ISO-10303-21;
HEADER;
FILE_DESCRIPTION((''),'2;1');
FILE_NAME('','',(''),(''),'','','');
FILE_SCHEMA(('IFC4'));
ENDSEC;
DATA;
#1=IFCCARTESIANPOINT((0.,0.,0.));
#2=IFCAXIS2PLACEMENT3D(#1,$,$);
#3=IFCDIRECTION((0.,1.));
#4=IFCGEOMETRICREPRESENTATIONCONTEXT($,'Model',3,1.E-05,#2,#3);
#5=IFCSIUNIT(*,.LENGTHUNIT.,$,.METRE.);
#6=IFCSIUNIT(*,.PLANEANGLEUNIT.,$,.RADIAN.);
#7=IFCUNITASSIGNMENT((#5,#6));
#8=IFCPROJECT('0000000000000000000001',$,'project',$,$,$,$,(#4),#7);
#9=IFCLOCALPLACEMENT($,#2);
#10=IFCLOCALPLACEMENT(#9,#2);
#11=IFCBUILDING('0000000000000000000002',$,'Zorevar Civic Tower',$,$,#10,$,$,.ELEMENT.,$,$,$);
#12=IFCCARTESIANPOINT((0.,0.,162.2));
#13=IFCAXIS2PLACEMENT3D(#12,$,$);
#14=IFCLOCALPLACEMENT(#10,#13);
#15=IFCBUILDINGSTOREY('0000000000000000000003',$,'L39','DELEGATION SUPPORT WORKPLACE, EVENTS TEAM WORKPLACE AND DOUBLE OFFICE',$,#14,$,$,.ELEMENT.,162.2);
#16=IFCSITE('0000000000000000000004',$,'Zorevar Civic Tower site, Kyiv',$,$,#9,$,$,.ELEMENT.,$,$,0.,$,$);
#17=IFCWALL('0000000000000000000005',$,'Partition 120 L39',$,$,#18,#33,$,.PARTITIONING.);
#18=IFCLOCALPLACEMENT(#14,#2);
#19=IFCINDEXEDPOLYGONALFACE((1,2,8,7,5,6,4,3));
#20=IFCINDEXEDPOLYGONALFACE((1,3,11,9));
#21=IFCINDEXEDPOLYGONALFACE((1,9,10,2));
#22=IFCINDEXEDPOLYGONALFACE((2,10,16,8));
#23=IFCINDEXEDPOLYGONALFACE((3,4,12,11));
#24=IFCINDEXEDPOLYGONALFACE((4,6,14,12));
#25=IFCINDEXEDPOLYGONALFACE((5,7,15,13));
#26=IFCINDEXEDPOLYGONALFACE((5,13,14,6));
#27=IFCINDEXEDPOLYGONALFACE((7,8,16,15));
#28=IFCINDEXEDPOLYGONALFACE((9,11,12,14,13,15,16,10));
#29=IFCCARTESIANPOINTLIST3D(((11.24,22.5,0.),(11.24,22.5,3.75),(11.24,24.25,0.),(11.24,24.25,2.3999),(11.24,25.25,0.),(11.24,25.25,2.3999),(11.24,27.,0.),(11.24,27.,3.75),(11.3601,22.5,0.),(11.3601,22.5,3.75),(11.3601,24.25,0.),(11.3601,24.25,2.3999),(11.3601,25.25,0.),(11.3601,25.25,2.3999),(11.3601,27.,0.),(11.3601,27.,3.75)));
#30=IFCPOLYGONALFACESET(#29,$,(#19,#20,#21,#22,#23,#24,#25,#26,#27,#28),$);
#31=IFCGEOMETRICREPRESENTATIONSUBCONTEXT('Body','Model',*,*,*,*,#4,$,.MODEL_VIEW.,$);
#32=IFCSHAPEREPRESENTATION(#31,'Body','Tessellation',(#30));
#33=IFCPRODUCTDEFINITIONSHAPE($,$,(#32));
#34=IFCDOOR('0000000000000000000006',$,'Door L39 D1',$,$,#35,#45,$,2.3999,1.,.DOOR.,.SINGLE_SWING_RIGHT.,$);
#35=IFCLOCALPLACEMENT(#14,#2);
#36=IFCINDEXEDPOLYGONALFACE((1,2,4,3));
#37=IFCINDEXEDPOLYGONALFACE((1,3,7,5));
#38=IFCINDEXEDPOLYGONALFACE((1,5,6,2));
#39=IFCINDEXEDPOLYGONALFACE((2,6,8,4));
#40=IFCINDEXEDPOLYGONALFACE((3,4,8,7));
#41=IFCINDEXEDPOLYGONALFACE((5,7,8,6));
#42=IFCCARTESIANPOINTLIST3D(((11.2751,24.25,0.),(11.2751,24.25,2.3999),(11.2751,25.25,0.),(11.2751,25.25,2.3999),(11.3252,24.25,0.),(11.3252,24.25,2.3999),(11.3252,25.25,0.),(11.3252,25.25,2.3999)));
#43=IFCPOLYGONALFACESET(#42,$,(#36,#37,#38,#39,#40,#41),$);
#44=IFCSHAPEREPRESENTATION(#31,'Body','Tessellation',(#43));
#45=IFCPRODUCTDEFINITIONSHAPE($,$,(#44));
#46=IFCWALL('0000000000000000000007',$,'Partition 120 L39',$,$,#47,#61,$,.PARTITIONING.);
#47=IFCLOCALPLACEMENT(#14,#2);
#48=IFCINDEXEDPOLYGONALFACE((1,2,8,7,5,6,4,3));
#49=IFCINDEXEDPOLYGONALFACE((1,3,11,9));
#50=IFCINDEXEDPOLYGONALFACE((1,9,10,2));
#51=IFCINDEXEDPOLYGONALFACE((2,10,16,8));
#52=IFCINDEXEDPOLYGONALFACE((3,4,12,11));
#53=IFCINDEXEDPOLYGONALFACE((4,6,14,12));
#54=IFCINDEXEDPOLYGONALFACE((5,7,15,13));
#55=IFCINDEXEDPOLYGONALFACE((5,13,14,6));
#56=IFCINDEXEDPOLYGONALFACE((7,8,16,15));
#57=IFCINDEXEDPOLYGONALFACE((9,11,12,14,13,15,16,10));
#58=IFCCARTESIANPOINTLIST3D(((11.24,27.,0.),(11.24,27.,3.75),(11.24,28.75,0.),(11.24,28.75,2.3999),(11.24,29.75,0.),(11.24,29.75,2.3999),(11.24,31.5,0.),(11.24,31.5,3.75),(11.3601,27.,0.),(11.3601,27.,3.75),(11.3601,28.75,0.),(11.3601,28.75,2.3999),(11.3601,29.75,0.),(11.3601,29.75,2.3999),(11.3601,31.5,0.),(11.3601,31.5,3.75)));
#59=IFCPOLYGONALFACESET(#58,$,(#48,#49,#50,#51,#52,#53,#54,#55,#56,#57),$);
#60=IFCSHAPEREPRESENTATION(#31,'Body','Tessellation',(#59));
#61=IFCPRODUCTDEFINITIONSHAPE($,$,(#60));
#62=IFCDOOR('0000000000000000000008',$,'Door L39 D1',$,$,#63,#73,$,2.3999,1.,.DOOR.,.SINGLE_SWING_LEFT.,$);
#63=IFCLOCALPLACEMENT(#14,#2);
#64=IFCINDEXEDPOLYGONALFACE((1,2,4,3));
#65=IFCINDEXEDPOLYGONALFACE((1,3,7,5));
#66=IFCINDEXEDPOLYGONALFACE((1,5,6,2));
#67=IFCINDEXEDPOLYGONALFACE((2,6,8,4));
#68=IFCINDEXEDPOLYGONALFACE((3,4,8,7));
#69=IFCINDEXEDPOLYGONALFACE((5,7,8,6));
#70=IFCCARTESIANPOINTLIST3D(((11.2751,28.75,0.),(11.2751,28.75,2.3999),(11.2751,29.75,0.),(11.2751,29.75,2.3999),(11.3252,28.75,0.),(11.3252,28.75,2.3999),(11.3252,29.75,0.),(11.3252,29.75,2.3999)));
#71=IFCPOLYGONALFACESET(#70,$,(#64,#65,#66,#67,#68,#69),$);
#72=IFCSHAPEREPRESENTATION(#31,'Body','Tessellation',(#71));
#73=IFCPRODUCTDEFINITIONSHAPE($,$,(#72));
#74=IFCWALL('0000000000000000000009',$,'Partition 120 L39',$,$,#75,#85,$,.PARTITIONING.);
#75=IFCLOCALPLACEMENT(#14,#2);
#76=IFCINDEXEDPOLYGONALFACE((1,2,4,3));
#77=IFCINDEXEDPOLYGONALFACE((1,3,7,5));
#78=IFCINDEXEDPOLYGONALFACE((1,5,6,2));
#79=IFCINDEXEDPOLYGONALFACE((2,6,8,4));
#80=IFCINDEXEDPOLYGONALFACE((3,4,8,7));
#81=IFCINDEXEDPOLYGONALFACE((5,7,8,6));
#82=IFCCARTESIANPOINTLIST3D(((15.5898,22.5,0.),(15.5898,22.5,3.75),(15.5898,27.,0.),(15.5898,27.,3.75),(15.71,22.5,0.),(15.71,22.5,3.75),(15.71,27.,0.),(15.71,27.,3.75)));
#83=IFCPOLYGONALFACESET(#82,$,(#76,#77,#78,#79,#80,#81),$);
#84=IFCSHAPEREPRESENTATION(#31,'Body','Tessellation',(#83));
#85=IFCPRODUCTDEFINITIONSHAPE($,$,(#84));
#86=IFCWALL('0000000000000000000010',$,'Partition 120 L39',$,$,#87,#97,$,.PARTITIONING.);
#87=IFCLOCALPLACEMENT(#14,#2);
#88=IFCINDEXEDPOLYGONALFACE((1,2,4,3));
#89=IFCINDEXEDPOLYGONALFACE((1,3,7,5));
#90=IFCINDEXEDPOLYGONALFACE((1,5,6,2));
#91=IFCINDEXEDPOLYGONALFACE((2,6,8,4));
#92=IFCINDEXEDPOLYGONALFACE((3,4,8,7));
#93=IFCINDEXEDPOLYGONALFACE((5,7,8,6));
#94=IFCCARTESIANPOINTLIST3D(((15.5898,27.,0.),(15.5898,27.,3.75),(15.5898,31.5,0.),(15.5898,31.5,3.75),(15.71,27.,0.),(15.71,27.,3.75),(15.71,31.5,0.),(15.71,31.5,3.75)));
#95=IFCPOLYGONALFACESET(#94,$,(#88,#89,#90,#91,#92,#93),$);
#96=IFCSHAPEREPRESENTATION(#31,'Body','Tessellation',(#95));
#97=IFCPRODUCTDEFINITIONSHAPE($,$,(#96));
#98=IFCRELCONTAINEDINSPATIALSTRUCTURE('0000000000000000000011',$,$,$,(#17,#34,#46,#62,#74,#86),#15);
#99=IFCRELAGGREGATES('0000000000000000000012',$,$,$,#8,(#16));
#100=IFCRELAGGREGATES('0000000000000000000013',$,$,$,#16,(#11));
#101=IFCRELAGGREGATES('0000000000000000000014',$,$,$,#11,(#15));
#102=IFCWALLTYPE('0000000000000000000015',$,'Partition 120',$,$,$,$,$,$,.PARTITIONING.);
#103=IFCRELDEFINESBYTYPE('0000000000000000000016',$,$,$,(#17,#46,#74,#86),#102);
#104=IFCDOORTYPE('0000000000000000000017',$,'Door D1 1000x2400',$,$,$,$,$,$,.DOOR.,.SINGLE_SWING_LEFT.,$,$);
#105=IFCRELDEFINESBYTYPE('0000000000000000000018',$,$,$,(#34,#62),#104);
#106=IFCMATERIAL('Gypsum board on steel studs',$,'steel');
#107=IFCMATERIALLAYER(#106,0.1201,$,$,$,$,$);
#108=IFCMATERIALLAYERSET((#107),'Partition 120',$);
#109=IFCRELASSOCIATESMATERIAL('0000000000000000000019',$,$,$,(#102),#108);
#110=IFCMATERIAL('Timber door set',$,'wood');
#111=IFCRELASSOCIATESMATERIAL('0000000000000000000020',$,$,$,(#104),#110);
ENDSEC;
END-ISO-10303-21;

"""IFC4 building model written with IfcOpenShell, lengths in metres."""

from ifc_helpers import new_model, si_unit, direction, frame, frame_2d, origin, place, context, subcontext, project, spatial, rectangle, extrude, material, layer, layer_set, type_object, element, fill, save


model = new_model("IFC4")

# Units and contexts
model_context = context("Model", 3, precision=1e-05, world=origin(), true_north=direction((0.0, 1.0)))
body_context = subcontext(model_context, "Body", "Model", "MODEL_VIEW")
ifc_project = project(units=[si_unit("LENGTHUNIT", "METRE"), si_unit("PLANEANGLEUNIT", "RADIAN")], contexts=[model_context])

# Site, building, storey
site_placement = place(None, origin())
site = spatial("IfcSite", under=ifc_project, at=site_placement, Name="Zorevar Civic Tower site, Kyiv", CompositionType="ELEMENT", RefElevation=0.0)
building_placement = place(site_placement, origin())
building = spatial("IfcBuilding", under=site, at=building_placement, Name="Zorevar Civic Tower", CompositionType="ELEMENT")
storey_placement = place(building_placement, frame((0.0, 0.0, 162.2)))
storey = spatial("IfcBuildingStorey", under=building, at=storey_placement, Name="L39", Description="DELEGATION SUPPORT WORKPLACE, EVENTS TEAM WORKPLACE AND DOUBLE OFFICE", CompositionType="ELEMENT", Elevation=162.2)

# Shared definitions
ifc_material_1 = material(Name="Gypsum board on steel studs", Category="steel")
ifc_layer_1 = layer(ifc_material_1, 0.1201)
ifc_layer_set_1 = layer_set([ifc_layer_1], Name="Partition 120")
wall_type_1 = type_object("IfcWallType", Name="Partition 120", PredefinedType="PARTITIONING", material=ifc_layer_set_1)

# Walls, openings, doors
wall_1_placement = place(storey_placement, frame((11.3, 22.5, 0.0), z_axis=(0.0, 0.0, 1.0), x_axis=(0.0, 1.0, 0.0)))
wall_1 = element("IfcWall", 1, at=wall_1_placement, inside=storey, type_object=wall_type_1, Name="Partition 120 L39", PredefinedType="PARTITIONING", context=body_context, shape_type="SweptSolid", body=[
    extrude(rectangle(XDim=4.5, YDim=0.1201, at=frame_2d((2.25, 0.0))), origin(), (0.0, 0.0, 1.0), 3.75),
])
opening_1_placement = place(wall_1_placement, frame((1.75, 0.0, 0.0)))
opening_1 = element("IfcOpeningElement", 2, at=opening_1_placement, cuts=wall_1, PredefinedType="OPENING", context=body_context, shape_type="SweptSolid", body=[
    extrude(rectangle(XDim=1.0, YDim=2.3999, at=frame_2d((0.5, 1.2))), frame((0.0, 0.0701, 0.0), z_axis=(0.0, -1.0, 0.0), x_axis=(1.0, 0.0, 0.0)), (0.0, 0.0, 1.0), 0.1401),
])
ifc_material_2 = material(Name="Timber door set", Category="wood")
door_type_1 = type_object("IfcDoorType", Name="Door D1 1000x2400", OperationType="SINGLE_SWING_LEFT", PredefinedType="DOOR", material=ifc_material_2)
door_1_placement = place(opening_1_placement, origin())
door_1 = element("IfcDoor", 3, at=door_1_placement, inside=storey, type_object=door_type_1, Name="Door L39 D1", OperationType="SINGLE_SWING_RIGHT", OverallHeight=2.3999, OverallWidth=1.0, PredefinedType="DOOR", context=body_context, shape_type="SweptSolid", body=[
    extrude(rectangle(XDim=1.0, YDim=2.3999, at=frame_2d((0.5, 1.2))), frame((0.0, 0.0249, 0.0), z_axis=(0.0, -1.0, 0.0), x_axis=(1.0, 0.0, 0.0)), (0.0, 0.0, 1.0), 0.05),
])
fill(opening_1, door_1)
wall_2_placement = place(storey_placement, frame((11.3, 27.0, 0.0), z_axis=(0.0, 0.0, 1.0), x_axis=(0.0, 1.0, 0.0)))
wall_2 = element("IfcWall", 4, at=wall_2_placement, inside=storey, type_object=wall_type_1, Name="Partition 120 L39", PredefinedType="PARTITIONING", context=body_context, shape_type="SweptSolid", body=[
    extrude(rectangle(XDim=4.5, YDim=0.1201, at=frame_2d((2.25, 0.0))), origin(), (0.0, 0.0, 1.0), 3.75),
])
opening_2_placement = place(wall_2_placement, frame((1.75, 0.0, 0.0)))
opening_2 = element("IfcOpeningElement", 5, at=opening_2_placement, cuts=wall_2, PredefinedType="OPENING", context=body_context, shape_type="SweptSolid", body=[
    extrude(rectangle(XDim=1.0, YDim=2.3999, at=frame_2d((0.5, 1.2))), frame((0.0, 0.0701, 0.0), z_axis=(0.0, -1.0, 0.0), x_axis=(1.0, 0.0, 0.0)), (0.0, 0.0, 1.0), 0.1401),
])
door_2_placement = place(opening_2_placement, origin())
door_2 = element("IfcDoor", 6, at=door_2_placement, inside=storey, type_object=door_type_1, Name="Door L39 D1", OperationType="SINGLE_SWING_LEFT", OverallHeight=2.3999, OverallWidth=1.0, PredefinedType="DOOR", context=body_context, shape_type="SweptSolid", body=[
    extrude(rectangle(XDim=1.0, YDim=2.3999, at=frame_2d((0.5, 1.2))), frame((0.0, 0.0249, 0.0), z_axis=(0.0, -1.0, 0.0), x_axis=(1.0, 0.0, 0.0)), (0.0, 0.0, 1.0), 0.05),
])
fill(opening_2, door_2)

# Walls
for number, where, z_axis, x_axis, name in (
    (7, (15.6499, 22.5, 0.0), (0.0, 0.0, 1.0), (0.0, 1.0, 0.0), "Partition 120 L39"),
    (8, (15.6499, 27.0, 0.0), (0.0, 0.0, 1.0), (0.0, 1.0, 0.0), "Partition 120 L39"),
):
    element("IfcWall", number, at=place(storey_placement, frame(where, z_axis=z_axis, x_axis=x_axis)), inside=storey, type_object=wall_type_1, Name=name, PredefinedType="PARTITIONING", context=body_context, shape_type="SweptSolid", body=[
        extrude(rectangle(XDim=4.5, YDim=0.1201, at=frame_2d((2.25, 0.0))), origin(), (0.0, 0.0, 1.0), 3.75),
    ])

save(model, "model.ifc")
